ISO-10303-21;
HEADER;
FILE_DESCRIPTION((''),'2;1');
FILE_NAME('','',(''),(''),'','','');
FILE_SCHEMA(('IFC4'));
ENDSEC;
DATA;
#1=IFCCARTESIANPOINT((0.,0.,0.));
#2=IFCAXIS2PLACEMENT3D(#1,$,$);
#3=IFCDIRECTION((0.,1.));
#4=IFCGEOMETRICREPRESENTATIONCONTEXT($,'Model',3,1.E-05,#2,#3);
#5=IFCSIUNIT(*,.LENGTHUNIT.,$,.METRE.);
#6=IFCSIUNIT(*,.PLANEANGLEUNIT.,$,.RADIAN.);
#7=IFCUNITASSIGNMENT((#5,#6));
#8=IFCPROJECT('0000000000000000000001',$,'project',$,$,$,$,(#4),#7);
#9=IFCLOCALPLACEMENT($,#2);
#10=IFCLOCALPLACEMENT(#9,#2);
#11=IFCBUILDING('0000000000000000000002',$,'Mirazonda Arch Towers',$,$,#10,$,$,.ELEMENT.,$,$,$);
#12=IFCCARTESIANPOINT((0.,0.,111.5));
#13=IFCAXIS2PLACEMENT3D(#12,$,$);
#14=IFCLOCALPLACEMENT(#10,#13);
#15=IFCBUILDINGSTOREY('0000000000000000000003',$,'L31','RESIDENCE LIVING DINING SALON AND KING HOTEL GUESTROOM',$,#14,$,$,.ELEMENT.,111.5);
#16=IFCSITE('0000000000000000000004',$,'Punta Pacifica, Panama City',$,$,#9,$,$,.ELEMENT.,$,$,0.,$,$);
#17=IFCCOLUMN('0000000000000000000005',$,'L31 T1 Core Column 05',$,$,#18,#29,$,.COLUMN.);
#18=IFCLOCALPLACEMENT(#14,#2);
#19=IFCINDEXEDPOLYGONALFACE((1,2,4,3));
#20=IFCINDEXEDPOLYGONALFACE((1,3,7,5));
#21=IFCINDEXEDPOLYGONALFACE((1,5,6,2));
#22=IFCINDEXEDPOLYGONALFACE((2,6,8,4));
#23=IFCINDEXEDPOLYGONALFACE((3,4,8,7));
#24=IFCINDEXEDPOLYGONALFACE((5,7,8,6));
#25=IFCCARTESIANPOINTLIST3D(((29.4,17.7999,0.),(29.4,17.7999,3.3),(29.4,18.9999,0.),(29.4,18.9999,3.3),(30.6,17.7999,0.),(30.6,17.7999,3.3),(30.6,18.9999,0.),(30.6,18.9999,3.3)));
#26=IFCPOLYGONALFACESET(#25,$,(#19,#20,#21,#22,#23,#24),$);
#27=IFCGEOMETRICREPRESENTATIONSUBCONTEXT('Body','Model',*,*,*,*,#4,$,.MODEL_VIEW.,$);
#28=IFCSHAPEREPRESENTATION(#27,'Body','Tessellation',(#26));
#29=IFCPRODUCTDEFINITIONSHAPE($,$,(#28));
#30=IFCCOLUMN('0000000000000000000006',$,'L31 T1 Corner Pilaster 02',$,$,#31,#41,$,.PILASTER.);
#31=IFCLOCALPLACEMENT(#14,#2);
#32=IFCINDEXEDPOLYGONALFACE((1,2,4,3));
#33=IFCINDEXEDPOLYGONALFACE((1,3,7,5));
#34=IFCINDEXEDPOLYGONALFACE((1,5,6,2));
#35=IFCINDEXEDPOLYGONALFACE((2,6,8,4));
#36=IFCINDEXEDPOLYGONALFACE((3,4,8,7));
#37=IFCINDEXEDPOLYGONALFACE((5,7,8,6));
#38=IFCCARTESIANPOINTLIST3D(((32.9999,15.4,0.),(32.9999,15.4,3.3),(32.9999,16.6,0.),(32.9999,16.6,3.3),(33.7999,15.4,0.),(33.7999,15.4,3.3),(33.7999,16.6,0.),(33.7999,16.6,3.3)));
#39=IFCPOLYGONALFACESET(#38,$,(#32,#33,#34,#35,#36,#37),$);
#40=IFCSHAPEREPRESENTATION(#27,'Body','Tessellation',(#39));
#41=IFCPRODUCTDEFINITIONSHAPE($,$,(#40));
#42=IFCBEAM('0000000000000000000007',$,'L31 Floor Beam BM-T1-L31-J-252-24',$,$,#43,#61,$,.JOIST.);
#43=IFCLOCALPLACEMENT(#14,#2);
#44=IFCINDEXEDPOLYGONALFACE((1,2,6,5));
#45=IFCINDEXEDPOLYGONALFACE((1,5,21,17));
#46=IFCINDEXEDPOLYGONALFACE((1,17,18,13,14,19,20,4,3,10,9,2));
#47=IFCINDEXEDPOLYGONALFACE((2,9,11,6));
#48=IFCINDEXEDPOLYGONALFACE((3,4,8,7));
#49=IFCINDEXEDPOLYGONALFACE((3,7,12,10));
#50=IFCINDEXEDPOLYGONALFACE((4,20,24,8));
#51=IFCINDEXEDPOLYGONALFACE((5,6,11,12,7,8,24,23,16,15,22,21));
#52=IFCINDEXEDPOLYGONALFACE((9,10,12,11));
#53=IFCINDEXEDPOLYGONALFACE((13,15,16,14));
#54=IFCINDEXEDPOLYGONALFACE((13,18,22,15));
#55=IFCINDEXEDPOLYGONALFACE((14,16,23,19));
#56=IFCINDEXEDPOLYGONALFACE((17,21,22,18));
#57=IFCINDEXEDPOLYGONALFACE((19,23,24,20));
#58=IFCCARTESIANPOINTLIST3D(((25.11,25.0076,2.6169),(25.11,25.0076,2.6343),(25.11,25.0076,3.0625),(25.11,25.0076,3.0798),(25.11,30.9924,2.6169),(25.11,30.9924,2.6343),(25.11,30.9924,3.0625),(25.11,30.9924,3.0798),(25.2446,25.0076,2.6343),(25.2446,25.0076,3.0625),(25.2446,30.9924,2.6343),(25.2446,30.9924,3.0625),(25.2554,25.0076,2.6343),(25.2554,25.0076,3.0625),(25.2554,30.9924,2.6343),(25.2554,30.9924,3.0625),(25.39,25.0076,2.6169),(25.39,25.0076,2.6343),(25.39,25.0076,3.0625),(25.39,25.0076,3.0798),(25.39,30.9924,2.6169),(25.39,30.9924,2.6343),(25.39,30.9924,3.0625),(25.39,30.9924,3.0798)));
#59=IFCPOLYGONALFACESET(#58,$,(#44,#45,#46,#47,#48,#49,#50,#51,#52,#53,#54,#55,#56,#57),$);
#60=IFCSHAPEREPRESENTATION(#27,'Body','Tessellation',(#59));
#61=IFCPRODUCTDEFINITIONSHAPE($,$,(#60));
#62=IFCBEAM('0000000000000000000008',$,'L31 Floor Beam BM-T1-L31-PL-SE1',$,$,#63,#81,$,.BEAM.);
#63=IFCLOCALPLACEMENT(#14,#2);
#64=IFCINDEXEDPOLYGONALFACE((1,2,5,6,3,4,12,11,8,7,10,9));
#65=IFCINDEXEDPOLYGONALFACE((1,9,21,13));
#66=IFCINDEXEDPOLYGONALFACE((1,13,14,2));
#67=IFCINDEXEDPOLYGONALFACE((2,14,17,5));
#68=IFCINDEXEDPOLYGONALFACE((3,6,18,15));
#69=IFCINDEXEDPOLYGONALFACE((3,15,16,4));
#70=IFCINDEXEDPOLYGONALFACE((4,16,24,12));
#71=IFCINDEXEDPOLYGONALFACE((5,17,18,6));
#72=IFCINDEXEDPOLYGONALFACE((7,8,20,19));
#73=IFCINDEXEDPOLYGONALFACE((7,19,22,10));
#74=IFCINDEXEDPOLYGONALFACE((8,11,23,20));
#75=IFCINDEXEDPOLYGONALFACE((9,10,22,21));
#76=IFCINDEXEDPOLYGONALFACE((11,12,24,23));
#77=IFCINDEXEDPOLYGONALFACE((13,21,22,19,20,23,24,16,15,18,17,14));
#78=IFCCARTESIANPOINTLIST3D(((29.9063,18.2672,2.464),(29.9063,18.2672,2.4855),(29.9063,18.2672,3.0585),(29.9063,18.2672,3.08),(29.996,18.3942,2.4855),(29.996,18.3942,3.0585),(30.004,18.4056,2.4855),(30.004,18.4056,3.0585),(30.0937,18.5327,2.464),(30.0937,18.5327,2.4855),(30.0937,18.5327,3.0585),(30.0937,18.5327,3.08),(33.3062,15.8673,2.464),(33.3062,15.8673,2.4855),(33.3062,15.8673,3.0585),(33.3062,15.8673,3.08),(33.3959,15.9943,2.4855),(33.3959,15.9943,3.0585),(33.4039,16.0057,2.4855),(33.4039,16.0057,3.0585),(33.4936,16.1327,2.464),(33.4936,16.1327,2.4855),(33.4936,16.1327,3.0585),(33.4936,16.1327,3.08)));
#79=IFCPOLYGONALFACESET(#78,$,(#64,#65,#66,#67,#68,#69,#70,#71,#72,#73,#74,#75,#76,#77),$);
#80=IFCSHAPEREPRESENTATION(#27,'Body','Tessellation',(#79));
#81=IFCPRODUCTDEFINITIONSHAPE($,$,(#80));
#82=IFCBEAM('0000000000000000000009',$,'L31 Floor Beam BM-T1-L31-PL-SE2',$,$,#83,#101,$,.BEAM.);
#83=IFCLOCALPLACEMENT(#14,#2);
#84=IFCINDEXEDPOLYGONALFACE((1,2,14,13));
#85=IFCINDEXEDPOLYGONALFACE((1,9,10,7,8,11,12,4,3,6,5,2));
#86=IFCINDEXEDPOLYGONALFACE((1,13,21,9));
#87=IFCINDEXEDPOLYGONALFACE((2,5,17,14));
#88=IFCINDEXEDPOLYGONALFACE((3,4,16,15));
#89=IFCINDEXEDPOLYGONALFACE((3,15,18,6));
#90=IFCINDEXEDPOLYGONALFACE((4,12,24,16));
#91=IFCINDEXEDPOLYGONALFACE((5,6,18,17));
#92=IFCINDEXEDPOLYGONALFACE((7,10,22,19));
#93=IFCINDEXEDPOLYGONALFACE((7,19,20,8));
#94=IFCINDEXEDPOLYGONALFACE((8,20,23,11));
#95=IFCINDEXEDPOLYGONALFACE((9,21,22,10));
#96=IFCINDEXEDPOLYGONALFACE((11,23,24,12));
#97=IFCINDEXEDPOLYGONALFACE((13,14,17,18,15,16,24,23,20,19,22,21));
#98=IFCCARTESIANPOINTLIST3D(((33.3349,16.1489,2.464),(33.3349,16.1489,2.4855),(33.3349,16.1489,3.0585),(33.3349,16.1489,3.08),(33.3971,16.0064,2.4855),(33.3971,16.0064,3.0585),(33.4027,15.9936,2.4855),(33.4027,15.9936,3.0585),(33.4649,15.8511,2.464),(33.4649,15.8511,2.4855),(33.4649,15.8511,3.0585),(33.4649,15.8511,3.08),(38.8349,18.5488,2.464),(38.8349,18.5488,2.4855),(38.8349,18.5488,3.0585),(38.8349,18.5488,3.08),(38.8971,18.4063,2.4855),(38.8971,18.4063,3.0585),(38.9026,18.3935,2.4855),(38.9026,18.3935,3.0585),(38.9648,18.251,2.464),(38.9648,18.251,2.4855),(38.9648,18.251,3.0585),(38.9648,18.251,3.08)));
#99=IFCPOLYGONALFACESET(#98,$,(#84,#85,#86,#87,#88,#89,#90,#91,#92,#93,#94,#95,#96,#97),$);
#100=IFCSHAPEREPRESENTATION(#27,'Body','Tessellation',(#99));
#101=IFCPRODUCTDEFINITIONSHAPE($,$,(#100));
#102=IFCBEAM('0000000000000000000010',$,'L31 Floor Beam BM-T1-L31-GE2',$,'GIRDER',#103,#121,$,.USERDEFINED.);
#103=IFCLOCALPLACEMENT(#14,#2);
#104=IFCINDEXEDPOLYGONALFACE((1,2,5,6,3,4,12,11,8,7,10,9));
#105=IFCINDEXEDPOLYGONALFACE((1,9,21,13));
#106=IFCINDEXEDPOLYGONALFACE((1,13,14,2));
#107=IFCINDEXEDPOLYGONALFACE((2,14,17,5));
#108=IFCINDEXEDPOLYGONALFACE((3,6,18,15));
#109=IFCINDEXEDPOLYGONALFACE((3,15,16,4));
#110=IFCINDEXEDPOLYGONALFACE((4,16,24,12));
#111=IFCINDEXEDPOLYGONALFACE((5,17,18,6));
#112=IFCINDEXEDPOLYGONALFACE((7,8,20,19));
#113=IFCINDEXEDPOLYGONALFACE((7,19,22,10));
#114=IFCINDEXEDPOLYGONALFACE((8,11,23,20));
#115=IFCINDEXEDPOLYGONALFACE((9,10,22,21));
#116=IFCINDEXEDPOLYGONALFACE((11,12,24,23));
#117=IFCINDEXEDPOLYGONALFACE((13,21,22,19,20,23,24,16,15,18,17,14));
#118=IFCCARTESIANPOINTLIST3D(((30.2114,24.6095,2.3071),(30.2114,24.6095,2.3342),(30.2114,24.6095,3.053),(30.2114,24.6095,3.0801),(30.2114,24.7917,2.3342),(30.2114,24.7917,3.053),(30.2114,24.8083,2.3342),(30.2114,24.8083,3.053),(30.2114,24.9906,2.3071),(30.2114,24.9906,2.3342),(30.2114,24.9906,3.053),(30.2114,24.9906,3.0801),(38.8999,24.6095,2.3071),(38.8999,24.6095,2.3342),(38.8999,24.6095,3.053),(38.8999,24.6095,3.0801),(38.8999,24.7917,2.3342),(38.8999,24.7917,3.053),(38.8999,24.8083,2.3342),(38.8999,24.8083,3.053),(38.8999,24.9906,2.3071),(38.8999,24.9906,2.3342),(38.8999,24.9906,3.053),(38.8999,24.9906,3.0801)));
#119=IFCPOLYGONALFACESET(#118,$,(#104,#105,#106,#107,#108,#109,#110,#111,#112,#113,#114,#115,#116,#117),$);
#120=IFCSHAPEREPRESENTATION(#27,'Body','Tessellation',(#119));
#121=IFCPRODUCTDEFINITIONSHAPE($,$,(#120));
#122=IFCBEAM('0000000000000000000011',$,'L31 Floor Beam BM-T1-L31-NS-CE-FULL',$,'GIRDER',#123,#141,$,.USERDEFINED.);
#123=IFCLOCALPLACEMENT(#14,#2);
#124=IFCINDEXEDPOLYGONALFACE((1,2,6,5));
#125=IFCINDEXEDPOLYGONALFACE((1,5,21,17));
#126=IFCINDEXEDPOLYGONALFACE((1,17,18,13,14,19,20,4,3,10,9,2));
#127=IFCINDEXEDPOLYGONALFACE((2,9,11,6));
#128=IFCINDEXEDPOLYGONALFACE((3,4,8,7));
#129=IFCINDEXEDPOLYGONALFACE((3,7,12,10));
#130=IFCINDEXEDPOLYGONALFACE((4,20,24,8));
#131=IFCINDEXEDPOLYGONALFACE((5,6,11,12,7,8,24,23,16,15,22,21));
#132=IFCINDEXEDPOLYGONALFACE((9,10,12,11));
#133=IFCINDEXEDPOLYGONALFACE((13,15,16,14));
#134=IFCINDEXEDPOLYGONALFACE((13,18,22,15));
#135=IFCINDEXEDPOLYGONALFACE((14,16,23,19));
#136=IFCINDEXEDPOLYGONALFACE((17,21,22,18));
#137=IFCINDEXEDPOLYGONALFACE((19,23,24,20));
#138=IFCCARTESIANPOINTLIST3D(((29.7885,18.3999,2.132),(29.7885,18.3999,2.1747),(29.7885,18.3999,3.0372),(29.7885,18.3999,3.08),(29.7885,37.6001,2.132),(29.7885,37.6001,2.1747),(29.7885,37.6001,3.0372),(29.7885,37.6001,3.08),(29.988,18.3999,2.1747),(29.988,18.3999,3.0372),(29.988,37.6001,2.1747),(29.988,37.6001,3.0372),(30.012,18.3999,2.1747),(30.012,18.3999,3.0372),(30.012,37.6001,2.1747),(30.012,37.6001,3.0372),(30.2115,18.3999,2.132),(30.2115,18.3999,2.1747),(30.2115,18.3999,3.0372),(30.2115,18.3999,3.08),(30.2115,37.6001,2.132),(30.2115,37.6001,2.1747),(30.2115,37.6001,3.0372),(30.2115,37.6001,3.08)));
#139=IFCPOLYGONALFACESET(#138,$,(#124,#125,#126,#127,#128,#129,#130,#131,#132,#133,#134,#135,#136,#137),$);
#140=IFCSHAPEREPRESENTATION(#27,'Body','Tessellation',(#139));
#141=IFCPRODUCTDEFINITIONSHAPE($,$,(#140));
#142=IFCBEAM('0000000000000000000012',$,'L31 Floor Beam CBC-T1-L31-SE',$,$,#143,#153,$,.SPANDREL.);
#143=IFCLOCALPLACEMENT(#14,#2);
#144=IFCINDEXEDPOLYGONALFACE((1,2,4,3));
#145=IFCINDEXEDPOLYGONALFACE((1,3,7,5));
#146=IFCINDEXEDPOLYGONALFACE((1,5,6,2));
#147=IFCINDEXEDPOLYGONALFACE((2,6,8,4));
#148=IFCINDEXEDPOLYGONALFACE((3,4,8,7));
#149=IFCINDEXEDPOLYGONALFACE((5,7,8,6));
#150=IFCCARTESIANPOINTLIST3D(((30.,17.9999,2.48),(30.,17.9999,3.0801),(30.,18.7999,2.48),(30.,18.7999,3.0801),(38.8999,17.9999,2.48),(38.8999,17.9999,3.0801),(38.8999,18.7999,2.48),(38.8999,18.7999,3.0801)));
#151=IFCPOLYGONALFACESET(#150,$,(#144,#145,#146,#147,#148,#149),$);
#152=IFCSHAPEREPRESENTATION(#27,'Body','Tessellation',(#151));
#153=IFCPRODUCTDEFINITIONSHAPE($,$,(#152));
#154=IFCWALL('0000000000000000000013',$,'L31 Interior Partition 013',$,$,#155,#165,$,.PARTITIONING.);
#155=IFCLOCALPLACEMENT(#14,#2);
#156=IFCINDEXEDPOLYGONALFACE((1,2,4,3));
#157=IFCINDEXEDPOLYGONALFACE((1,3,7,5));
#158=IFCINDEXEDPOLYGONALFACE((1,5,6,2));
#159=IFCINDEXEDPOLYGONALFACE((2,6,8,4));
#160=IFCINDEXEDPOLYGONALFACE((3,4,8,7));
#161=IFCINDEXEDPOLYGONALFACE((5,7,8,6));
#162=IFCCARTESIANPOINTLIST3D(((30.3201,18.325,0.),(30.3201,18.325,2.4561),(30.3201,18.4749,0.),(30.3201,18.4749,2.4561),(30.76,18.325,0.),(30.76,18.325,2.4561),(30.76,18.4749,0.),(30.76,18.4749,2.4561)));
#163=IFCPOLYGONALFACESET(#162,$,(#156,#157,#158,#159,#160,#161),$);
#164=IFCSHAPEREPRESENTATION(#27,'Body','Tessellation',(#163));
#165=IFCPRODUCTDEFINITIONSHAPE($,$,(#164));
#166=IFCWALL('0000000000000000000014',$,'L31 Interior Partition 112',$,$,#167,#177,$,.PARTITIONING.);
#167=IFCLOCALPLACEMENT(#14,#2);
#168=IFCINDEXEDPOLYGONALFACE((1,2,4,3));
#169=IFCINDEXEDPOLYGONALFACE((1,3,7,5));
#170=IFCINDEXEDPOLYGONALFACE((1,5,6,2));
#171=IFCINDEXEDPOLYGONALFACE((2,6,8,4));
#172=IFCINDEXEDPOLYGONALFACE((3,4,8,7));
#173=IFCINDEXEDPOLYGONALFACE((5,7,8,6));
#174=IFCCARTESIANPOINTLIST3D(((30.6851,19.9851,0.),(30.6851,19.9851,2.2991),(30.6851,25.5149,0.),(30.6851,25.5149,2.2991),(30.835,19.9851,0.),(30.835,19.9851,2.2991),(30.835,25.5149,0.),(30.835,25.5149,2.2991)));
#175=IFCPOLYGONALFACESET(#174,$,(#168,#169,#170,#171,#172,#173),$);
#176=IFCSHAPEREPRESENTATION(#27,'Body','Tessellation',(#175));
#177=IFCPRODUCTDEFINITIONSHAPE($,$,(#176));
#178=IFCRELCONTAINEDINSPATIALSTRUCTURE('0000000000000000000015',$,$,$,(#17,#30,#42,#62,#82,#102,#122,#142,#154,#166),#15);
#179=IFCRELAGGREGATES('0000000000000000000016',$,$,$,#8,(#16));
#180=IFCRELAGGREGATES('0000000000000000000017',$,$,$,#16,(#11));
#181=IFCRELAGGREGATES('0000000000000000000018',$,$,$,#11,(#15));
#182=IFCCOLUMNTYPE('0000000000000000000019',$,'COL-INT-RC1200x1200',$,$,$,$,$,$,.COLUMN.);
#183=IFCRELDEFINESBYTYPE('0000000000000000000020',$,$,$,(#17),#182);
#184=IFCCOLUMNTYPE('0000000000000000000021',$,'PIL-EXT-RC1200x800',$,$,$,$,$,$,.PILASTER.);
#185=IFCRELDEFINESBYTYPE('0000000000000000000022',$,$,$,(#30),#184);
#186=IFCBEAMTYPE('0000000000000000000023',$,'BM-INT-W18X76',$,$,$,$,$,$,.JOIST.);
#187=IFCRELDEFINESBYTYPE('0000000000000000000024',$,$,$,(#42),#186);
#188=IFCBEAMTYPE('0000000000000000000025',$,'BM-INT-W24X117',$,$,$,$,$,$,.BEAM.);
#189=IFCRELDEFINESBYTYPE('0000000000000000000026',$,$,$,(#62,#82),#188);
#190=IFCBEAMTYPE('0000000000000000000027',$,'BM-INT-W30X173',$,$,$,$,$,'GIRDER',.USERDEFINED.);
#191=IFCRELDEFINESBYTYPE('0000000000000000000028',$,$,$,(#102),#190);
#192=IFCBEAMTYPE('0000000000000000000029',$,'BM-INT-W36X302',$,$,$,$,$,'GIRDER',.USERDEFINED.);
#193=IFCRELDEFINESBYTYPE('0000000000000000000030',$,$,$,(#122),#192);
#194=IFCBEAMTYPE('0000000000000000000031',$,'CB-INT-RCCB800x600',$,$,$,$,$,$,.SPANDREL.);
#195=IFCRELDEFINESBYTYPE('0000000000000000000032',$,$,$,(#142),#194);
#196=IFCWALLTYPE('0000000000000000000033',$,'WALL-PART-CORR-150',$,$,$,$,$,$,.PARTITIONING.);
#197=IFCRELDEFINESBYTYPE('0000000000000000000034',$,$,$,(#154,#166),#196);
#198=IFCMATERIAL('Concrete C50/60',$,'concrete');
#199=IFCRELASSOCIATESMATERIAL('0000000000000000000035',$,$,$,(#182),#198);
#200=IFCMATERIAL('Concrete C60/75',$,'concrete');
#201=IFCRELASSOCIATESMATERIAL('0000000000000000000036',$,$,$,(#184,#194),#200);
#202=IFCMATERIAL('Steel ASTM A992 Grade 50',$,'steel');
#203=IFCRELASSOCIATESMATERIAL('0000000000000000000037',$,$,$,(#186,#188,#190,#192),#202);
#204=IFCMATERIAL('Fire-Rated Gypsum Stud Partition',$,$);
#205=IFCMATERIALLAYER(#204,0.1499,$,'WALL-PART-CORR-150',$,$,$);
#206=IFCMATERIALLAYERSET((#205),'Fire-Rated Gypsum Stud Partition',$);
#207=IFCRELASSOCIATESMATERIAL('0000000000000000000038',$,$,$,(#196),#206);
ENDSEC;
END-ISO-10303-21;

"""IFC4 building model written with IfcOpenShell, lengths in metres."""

from ifc_helpers import new_model, si_unit, direction, frame, frame_2d, origin, origin_2d, place, context, subcontext, project, spatial, rectangle, i_section, extrude, material, layer, layer_set, material_profile, profile_set, type_object, element, save


model = new_model("IFC4")

# Units and contexts
model_context = context("Model", 3, precision=1e-05, world=origin(), true_north=direction((0.0, 1.0)))
body_context = subcontext(model_context, "Body", "Model", "MODEL_VIEW")
ifc_project = project(units=[si_unit("LENGTHUNIT", "METRE"), si_unit("PLANEANGLEUNIT", "RADIAN")], contexts=[model_context])

# Site, building, storey
site_placement = place(None, origin())
site = spatial("IfcSite", under=ifc_project, at=site_placement, Name="Punta Pacifica, Panama City", CompositionType="ELEMENT", RefElevation=0.0)
building_placement = place(site_placement, origin())
building = spatial("IfcBuilding", under=site, at=building_placement, Name="Mirazonda Arch Towers", CompositionType="ELEMENT")
storey_placement = place(building_placement, frame((0.0, 0.0, 111.5)))
storey = spatial("IfcBuildingStorey", under=building, at=storey_placement, Name="L31", Description="RESIDENCE LIVING DINING SALON AND KING HOTEL GUESTROOM", CompositionType="ELEMENT", Elevation=111.5)

# Columns
ifc_material_1 = material(Name="Concrete C50/60", Category="concrete")
ifc_material_profile_1 = material_profile(ifc_material_1, rectangle(XDim=1.2, YDim=1.2, at=origin_2d()), Name="RC1200x1200")
ifc_profile_set_1 = profile_set([ifc_material_profile_1], Name="Concrete C50/60")
column_type_1 = type_object("IfcColumnType", Name="COL-INT-RC1200x1200", PredefinedType="COLUMN", material=ifc_profile_set_1)
column_1_placement = place(storey_placement, frame((30.0, 18.3999, 0.0), z_axis=(0.0, 0.0, 1.0), x_axis=(1.0, 0.0, 0.0)))
element("IfcColumn", 1, at=column_1_placement, inside=storey, type_object=column_type_1, Name="L31 T1 Core Column 05", PredefinedType="COLUMN", context=body_context, shape_type="SweptSolid", body=[
    extrude(rectangle(XDim=1.2, YDim=1.2, at=origin_2d()), origin(), (0.0, 0.0, 1.0), 3.3),
])
ifc_material_2 = material(Name="Concrete C60/75", Category="concrete")
ifc_material_profile_2 = material_profile(ifc_material_2, rectangle(XDim=0.8, YDim=1.2, at=origin_2d()), Name="RC1200x800")
ifc_profile_set_2 = profile_set([ifc_material_profile_2], Name="Concrete C60/75")
column_type_2 = type_object("IfcColumnType", Name="PIL-EXT-RC1200x800", PredefinedType="PILASTER", material=ifc_profile_set_2)
column_2_placement = place(storey_placement, frame((33.3999, 16.0, 0.0), z_axis=(0.0, 0.0, 1.0), x_axis=(1.0, 0.0, 0.0)))
element("IfcColumn", 2, at=column_2_placement, inside=storey, type_object=column_type_2, Name="L31 T1 Corner Pilaster 02", PredefinedType="PILASTER", context=body_context, shape_type="SweptSolid", body=[
    extrude(rectangle(XDim=0.8, YDim=1.2, at=origin_2d()), origin(), (0.0, 0.0, 1.0), 3.3),
])

# Beams
ifc_material_3 = material(Name="Steel ASTM A992 Grade 50", Category="steel")
ifc_material_profile_3 = material_profile(ifc_material_3, i_section(OverallWidth=0.28, OverallDepth=0.4629, WebThickness=0.0107, FlangeThickness=0.0173, at=origin_2d()), Name="W18X76")
ifc_profile_set_3 = profile_set([ifc_material_profile_3], Name="Steel ASTM A992 Grade 50")
beam_type_1 = type_object("IfcBeamType", Name="BM-INT-W18X76", PredefinedType="JOIST", material=ifc_profile_set_3)
beam_1_placement = place(storey_placement, frame((25.25, 25.0076, 2.8484), z_axis=(0.0, 1.0, 0.0), x_axis=(-1.0, 0.0, 0.0)))
element("IfcBeam", 3, at=beam_1_placement, inside=storey, type_object=beam_type_1, Name="L31 Floor Beam BM-T1-L31-J-252-24", PredefinedType="JOIST", context=body_context, shape_type="SweptSolid", body=[
    extrude(i_section(OverallWidth=0.28, OverallDepth=0.4629, WebThickness=0.0107, FlangeThickness=0.0173, at=origin_2d()), origin(), (0.0, 0.0, 1.0), 5.9849),
])
ifc_material_profile_4 = material_profile(ifc_material_3, i_section(OverallWidth=0.325, OverallDepth=0.616, WebThickness=0.0139, FlangeThickness=0.0215, at=origin_2d()), Name="W24X117")
ifc_profile_set_4 = profile_set([ifc_material_profile_4], Name="Steel ASTM A992 Grade 50")
beam_type_2 = type_object("IfcBeamType", Name="BM-INT-W24X117", PredefinedType="BEAM", material=ifc_profile_set_4)
beam_2_placement = place(storey_placement, frame((33.3999, 16.0, 2.772), z_axis=(-0.816971, 0.576679, 0.0), x_axis=(-0.576679, -0.816971, 0.0)))
element("IfcBeam", 4, at=beam_2_placement, inside=storey, type_object=beam_type_2, Name="L31 Floor Beam BM-T1-L31-PL-SE1", PredefinedType="BEAM", context=body_context, shape_type="SweptSolid", body=[
    extrude(i_section(OverallWidth=0.325, OverallDepth=0.616, WebThickness=0.0139, FlangeThickness=0.0215, at=origin_2d()), origin(), (0.0, 0.0, 1.0), 4.1616),
])
beam_3_placement = place(storey_placement, frame((33.3999, 16.0, 2.772), z_axis=(0.916545, 0.399931, 0.0), x_axis=(-0.399931, 0.916545, 0.0)))
element("IfcBeam", 5, at=beam_3_placement, inside=storey, type_object=beam_type_2, Name="L31 Floor Beam BM-T1-L31-PL-SE2", PredefinedType="BEAM", context=body_context, shape_type="SweptSolid", body=[
    extrude(i_section(OverallWidth=0.325, OverallDepth=0.616, WebThickness=0.0139, FlangeThickness=0.0215, at=origin_2d()), origin(), (0.0, 0.0, 1.0), 6.0007),
])
ifc_material_profile_5 = material_profile(ifc_material_3, i_section(OverallWidth=0.3811, OverallDepth=0.7729, WebThickness=0.0166, FlangeThickness=0.0271, at=origin_2d()), Name="W30X173")
ifc_profile_set_5 = profile_set([ifc_material_profile_5], Name="Steel ASTM A992 Grade 50")
beam_type_3 = type_object("IfcBeamType", Name="BM-INT-W30X173", ElementType="GIRDER", PredefinedType="USERDEFINED", material=ifc_profile_set_5)
beam_4_placement = place(storey_placement, frame((30.2114, 24.8, 2.6936), z_axis=(1.0, 0.0, 0.0), x_axis=(0.0, 1.0, 0.0)))
element("IfcBeam", 6, at=beam_4_placement, inside=storey, type_object=beam_type_3, Name="L31 Floor Beam BM-T1-L31-GE2", ObjectType="GIRDER", PredefinedType="USERDEFINED", context=body_context, shape_type="SweptSolid", body=[
    extrude(i_section(OverallWidth=0.3811, OverallDepth=0.7729, WebThickness=0.0166, FlangeThickness=0.0271, at=origin_2d()), origin(), (0.0, 0.0, 1.0), 8.6885),
])
ifc_material_profile_6 = material_profile(ifc_material_3, i_section(OverallWidth=0.4231, OverallDepth=0.948, WebThickness=0.0239, FlangeThickness=0.0427, at=origin_2d()), Name="W36X302")
ifc_profile_set_6 = profile_set([ifc_material_profile_6], Name="Steel ASTM A992 Grade 50")
beam_type_4 = type_object("IfcBeamType", Name="BM-INT-W36X302", ElementType="GIRDER", PredefinedType="USERDEFINED", material=ifc_profile_set_6)
beam_5_placement = place(storey_placement, frame((30.0, 18.3999, 2.606), z_axis=(0.0, 1.0, 0.0), x_axis=(-1.0, 0.0, 0.0)))
element("IfcBeam", 7, at=beam_5_placement, inside=storey, type_object=beam_type_4, Name="L31 Floor Beam BM-T1-L31-NS-CE-FULL", ObjectType="GIRDER", PredefinedType="USERDEFINED", context=body_context, shape_type="SweptSolid", body=[
    extrude(i_section(OverallWidth=0.4231, OverallDepth=0.948, WebThickness=0.0239, FlangeThickness=0.0427, at=origin_2d()), origin(), (0.0, 0.0, 1.0), 19.2002),
])
ifc_material_profile_7 = material_profile(ifc_material_2, rectangle(XDim=0.8, YDim=0.6001, at=origin_2d()), Name="RCCB800x600")
ifc_profile_set_7 = profile_set([ifc_material_profile_7], Name="Concrete C60/75")
beam_type_5 = type_object("IfcBeamType", Name="CB-INT-RCCB800x600", PredefinedType="SPANDREL", material=ifc_profile_set_7)
beam_6_placement = place(storey_placement, frame((30.0, 18.3999, 2.78), z_axis=(1.0, 0.0, 0.0), x_axis=(0.0, 1.0, 0.0)))
element("IfcBeam", 8, at=beam_6_placement, inside=storey, type_object=beam_type_5, Name="L31 Floor Beam CBC-T1-L31-SE", PredefinedType="SPANDREL", context=body_context, shape_type="SweptSolid", body=[
    extrude(rectangle(XDim=0.8, YDim=0.6001, at=origin_2d()), origin(), (0.0, 0.0, 1.0), 8.8999),
])

# Walls
ifc_material_4 = material(Name="Fire-Rated Gypsum Stud Partition")
ifc_layer_1 = layer(ifc_material_4, 0.1499, Name="WALL-PART-CORR-150")
ifc_layer_set_1 = layer_set([ifc_layer_1], Name="Fire-Rated Gypsum Stud Partition")
wall_type_1 = type_object("IfcWallType", Name="WALL-PART-CORR-150", PredefinedType="PARTITIONING", material=ifc_layer_set_1)
wall_1_placement = place(storey_placement, frame((30.3201, 18.3999, 0.0), z_axis=(0.0, 0.0, 1.0), x_axis=(1.0, 0.0, 0.0)))
element("IfcWall", 9, at=wall_1_placement, inside=storey, type_object=wall_type_1, Name="L31 Interior Partition 013", PredefinedType="PARTITIONING", context=body_context, shape_type="SweptSolid", body=[
    extrude(rectangle(XDim=0.4399, YDim=0.1499, at=frame_2d((0.22, 0.0))), origin(), (0.0, 0.0, 1.0), 2.4561),
])
wall_2_placement = place(storey_placement, frame((30.76, 19.9851, 0.0), z_axis=(0.0, 0.0, 1.0), x_axis=(0.0, 1.0, 0.0)))
element("IfcWall", 10, at=wall_2_placement, inside=storey, type_object=wall_type_1, Name="L31 Interior Partition 112", PredefinedType="PARTITIONING", context=body_context, shape_type="SweptSolid", body=[
    extrude(rectangle(XDim=5.5298, YDim=0.1499, at=frame_2d((2.7649, 0.0))), origin(), (0.0, 0.0, 1.0), 2.2991),
])

save(model, "model.ifc")
